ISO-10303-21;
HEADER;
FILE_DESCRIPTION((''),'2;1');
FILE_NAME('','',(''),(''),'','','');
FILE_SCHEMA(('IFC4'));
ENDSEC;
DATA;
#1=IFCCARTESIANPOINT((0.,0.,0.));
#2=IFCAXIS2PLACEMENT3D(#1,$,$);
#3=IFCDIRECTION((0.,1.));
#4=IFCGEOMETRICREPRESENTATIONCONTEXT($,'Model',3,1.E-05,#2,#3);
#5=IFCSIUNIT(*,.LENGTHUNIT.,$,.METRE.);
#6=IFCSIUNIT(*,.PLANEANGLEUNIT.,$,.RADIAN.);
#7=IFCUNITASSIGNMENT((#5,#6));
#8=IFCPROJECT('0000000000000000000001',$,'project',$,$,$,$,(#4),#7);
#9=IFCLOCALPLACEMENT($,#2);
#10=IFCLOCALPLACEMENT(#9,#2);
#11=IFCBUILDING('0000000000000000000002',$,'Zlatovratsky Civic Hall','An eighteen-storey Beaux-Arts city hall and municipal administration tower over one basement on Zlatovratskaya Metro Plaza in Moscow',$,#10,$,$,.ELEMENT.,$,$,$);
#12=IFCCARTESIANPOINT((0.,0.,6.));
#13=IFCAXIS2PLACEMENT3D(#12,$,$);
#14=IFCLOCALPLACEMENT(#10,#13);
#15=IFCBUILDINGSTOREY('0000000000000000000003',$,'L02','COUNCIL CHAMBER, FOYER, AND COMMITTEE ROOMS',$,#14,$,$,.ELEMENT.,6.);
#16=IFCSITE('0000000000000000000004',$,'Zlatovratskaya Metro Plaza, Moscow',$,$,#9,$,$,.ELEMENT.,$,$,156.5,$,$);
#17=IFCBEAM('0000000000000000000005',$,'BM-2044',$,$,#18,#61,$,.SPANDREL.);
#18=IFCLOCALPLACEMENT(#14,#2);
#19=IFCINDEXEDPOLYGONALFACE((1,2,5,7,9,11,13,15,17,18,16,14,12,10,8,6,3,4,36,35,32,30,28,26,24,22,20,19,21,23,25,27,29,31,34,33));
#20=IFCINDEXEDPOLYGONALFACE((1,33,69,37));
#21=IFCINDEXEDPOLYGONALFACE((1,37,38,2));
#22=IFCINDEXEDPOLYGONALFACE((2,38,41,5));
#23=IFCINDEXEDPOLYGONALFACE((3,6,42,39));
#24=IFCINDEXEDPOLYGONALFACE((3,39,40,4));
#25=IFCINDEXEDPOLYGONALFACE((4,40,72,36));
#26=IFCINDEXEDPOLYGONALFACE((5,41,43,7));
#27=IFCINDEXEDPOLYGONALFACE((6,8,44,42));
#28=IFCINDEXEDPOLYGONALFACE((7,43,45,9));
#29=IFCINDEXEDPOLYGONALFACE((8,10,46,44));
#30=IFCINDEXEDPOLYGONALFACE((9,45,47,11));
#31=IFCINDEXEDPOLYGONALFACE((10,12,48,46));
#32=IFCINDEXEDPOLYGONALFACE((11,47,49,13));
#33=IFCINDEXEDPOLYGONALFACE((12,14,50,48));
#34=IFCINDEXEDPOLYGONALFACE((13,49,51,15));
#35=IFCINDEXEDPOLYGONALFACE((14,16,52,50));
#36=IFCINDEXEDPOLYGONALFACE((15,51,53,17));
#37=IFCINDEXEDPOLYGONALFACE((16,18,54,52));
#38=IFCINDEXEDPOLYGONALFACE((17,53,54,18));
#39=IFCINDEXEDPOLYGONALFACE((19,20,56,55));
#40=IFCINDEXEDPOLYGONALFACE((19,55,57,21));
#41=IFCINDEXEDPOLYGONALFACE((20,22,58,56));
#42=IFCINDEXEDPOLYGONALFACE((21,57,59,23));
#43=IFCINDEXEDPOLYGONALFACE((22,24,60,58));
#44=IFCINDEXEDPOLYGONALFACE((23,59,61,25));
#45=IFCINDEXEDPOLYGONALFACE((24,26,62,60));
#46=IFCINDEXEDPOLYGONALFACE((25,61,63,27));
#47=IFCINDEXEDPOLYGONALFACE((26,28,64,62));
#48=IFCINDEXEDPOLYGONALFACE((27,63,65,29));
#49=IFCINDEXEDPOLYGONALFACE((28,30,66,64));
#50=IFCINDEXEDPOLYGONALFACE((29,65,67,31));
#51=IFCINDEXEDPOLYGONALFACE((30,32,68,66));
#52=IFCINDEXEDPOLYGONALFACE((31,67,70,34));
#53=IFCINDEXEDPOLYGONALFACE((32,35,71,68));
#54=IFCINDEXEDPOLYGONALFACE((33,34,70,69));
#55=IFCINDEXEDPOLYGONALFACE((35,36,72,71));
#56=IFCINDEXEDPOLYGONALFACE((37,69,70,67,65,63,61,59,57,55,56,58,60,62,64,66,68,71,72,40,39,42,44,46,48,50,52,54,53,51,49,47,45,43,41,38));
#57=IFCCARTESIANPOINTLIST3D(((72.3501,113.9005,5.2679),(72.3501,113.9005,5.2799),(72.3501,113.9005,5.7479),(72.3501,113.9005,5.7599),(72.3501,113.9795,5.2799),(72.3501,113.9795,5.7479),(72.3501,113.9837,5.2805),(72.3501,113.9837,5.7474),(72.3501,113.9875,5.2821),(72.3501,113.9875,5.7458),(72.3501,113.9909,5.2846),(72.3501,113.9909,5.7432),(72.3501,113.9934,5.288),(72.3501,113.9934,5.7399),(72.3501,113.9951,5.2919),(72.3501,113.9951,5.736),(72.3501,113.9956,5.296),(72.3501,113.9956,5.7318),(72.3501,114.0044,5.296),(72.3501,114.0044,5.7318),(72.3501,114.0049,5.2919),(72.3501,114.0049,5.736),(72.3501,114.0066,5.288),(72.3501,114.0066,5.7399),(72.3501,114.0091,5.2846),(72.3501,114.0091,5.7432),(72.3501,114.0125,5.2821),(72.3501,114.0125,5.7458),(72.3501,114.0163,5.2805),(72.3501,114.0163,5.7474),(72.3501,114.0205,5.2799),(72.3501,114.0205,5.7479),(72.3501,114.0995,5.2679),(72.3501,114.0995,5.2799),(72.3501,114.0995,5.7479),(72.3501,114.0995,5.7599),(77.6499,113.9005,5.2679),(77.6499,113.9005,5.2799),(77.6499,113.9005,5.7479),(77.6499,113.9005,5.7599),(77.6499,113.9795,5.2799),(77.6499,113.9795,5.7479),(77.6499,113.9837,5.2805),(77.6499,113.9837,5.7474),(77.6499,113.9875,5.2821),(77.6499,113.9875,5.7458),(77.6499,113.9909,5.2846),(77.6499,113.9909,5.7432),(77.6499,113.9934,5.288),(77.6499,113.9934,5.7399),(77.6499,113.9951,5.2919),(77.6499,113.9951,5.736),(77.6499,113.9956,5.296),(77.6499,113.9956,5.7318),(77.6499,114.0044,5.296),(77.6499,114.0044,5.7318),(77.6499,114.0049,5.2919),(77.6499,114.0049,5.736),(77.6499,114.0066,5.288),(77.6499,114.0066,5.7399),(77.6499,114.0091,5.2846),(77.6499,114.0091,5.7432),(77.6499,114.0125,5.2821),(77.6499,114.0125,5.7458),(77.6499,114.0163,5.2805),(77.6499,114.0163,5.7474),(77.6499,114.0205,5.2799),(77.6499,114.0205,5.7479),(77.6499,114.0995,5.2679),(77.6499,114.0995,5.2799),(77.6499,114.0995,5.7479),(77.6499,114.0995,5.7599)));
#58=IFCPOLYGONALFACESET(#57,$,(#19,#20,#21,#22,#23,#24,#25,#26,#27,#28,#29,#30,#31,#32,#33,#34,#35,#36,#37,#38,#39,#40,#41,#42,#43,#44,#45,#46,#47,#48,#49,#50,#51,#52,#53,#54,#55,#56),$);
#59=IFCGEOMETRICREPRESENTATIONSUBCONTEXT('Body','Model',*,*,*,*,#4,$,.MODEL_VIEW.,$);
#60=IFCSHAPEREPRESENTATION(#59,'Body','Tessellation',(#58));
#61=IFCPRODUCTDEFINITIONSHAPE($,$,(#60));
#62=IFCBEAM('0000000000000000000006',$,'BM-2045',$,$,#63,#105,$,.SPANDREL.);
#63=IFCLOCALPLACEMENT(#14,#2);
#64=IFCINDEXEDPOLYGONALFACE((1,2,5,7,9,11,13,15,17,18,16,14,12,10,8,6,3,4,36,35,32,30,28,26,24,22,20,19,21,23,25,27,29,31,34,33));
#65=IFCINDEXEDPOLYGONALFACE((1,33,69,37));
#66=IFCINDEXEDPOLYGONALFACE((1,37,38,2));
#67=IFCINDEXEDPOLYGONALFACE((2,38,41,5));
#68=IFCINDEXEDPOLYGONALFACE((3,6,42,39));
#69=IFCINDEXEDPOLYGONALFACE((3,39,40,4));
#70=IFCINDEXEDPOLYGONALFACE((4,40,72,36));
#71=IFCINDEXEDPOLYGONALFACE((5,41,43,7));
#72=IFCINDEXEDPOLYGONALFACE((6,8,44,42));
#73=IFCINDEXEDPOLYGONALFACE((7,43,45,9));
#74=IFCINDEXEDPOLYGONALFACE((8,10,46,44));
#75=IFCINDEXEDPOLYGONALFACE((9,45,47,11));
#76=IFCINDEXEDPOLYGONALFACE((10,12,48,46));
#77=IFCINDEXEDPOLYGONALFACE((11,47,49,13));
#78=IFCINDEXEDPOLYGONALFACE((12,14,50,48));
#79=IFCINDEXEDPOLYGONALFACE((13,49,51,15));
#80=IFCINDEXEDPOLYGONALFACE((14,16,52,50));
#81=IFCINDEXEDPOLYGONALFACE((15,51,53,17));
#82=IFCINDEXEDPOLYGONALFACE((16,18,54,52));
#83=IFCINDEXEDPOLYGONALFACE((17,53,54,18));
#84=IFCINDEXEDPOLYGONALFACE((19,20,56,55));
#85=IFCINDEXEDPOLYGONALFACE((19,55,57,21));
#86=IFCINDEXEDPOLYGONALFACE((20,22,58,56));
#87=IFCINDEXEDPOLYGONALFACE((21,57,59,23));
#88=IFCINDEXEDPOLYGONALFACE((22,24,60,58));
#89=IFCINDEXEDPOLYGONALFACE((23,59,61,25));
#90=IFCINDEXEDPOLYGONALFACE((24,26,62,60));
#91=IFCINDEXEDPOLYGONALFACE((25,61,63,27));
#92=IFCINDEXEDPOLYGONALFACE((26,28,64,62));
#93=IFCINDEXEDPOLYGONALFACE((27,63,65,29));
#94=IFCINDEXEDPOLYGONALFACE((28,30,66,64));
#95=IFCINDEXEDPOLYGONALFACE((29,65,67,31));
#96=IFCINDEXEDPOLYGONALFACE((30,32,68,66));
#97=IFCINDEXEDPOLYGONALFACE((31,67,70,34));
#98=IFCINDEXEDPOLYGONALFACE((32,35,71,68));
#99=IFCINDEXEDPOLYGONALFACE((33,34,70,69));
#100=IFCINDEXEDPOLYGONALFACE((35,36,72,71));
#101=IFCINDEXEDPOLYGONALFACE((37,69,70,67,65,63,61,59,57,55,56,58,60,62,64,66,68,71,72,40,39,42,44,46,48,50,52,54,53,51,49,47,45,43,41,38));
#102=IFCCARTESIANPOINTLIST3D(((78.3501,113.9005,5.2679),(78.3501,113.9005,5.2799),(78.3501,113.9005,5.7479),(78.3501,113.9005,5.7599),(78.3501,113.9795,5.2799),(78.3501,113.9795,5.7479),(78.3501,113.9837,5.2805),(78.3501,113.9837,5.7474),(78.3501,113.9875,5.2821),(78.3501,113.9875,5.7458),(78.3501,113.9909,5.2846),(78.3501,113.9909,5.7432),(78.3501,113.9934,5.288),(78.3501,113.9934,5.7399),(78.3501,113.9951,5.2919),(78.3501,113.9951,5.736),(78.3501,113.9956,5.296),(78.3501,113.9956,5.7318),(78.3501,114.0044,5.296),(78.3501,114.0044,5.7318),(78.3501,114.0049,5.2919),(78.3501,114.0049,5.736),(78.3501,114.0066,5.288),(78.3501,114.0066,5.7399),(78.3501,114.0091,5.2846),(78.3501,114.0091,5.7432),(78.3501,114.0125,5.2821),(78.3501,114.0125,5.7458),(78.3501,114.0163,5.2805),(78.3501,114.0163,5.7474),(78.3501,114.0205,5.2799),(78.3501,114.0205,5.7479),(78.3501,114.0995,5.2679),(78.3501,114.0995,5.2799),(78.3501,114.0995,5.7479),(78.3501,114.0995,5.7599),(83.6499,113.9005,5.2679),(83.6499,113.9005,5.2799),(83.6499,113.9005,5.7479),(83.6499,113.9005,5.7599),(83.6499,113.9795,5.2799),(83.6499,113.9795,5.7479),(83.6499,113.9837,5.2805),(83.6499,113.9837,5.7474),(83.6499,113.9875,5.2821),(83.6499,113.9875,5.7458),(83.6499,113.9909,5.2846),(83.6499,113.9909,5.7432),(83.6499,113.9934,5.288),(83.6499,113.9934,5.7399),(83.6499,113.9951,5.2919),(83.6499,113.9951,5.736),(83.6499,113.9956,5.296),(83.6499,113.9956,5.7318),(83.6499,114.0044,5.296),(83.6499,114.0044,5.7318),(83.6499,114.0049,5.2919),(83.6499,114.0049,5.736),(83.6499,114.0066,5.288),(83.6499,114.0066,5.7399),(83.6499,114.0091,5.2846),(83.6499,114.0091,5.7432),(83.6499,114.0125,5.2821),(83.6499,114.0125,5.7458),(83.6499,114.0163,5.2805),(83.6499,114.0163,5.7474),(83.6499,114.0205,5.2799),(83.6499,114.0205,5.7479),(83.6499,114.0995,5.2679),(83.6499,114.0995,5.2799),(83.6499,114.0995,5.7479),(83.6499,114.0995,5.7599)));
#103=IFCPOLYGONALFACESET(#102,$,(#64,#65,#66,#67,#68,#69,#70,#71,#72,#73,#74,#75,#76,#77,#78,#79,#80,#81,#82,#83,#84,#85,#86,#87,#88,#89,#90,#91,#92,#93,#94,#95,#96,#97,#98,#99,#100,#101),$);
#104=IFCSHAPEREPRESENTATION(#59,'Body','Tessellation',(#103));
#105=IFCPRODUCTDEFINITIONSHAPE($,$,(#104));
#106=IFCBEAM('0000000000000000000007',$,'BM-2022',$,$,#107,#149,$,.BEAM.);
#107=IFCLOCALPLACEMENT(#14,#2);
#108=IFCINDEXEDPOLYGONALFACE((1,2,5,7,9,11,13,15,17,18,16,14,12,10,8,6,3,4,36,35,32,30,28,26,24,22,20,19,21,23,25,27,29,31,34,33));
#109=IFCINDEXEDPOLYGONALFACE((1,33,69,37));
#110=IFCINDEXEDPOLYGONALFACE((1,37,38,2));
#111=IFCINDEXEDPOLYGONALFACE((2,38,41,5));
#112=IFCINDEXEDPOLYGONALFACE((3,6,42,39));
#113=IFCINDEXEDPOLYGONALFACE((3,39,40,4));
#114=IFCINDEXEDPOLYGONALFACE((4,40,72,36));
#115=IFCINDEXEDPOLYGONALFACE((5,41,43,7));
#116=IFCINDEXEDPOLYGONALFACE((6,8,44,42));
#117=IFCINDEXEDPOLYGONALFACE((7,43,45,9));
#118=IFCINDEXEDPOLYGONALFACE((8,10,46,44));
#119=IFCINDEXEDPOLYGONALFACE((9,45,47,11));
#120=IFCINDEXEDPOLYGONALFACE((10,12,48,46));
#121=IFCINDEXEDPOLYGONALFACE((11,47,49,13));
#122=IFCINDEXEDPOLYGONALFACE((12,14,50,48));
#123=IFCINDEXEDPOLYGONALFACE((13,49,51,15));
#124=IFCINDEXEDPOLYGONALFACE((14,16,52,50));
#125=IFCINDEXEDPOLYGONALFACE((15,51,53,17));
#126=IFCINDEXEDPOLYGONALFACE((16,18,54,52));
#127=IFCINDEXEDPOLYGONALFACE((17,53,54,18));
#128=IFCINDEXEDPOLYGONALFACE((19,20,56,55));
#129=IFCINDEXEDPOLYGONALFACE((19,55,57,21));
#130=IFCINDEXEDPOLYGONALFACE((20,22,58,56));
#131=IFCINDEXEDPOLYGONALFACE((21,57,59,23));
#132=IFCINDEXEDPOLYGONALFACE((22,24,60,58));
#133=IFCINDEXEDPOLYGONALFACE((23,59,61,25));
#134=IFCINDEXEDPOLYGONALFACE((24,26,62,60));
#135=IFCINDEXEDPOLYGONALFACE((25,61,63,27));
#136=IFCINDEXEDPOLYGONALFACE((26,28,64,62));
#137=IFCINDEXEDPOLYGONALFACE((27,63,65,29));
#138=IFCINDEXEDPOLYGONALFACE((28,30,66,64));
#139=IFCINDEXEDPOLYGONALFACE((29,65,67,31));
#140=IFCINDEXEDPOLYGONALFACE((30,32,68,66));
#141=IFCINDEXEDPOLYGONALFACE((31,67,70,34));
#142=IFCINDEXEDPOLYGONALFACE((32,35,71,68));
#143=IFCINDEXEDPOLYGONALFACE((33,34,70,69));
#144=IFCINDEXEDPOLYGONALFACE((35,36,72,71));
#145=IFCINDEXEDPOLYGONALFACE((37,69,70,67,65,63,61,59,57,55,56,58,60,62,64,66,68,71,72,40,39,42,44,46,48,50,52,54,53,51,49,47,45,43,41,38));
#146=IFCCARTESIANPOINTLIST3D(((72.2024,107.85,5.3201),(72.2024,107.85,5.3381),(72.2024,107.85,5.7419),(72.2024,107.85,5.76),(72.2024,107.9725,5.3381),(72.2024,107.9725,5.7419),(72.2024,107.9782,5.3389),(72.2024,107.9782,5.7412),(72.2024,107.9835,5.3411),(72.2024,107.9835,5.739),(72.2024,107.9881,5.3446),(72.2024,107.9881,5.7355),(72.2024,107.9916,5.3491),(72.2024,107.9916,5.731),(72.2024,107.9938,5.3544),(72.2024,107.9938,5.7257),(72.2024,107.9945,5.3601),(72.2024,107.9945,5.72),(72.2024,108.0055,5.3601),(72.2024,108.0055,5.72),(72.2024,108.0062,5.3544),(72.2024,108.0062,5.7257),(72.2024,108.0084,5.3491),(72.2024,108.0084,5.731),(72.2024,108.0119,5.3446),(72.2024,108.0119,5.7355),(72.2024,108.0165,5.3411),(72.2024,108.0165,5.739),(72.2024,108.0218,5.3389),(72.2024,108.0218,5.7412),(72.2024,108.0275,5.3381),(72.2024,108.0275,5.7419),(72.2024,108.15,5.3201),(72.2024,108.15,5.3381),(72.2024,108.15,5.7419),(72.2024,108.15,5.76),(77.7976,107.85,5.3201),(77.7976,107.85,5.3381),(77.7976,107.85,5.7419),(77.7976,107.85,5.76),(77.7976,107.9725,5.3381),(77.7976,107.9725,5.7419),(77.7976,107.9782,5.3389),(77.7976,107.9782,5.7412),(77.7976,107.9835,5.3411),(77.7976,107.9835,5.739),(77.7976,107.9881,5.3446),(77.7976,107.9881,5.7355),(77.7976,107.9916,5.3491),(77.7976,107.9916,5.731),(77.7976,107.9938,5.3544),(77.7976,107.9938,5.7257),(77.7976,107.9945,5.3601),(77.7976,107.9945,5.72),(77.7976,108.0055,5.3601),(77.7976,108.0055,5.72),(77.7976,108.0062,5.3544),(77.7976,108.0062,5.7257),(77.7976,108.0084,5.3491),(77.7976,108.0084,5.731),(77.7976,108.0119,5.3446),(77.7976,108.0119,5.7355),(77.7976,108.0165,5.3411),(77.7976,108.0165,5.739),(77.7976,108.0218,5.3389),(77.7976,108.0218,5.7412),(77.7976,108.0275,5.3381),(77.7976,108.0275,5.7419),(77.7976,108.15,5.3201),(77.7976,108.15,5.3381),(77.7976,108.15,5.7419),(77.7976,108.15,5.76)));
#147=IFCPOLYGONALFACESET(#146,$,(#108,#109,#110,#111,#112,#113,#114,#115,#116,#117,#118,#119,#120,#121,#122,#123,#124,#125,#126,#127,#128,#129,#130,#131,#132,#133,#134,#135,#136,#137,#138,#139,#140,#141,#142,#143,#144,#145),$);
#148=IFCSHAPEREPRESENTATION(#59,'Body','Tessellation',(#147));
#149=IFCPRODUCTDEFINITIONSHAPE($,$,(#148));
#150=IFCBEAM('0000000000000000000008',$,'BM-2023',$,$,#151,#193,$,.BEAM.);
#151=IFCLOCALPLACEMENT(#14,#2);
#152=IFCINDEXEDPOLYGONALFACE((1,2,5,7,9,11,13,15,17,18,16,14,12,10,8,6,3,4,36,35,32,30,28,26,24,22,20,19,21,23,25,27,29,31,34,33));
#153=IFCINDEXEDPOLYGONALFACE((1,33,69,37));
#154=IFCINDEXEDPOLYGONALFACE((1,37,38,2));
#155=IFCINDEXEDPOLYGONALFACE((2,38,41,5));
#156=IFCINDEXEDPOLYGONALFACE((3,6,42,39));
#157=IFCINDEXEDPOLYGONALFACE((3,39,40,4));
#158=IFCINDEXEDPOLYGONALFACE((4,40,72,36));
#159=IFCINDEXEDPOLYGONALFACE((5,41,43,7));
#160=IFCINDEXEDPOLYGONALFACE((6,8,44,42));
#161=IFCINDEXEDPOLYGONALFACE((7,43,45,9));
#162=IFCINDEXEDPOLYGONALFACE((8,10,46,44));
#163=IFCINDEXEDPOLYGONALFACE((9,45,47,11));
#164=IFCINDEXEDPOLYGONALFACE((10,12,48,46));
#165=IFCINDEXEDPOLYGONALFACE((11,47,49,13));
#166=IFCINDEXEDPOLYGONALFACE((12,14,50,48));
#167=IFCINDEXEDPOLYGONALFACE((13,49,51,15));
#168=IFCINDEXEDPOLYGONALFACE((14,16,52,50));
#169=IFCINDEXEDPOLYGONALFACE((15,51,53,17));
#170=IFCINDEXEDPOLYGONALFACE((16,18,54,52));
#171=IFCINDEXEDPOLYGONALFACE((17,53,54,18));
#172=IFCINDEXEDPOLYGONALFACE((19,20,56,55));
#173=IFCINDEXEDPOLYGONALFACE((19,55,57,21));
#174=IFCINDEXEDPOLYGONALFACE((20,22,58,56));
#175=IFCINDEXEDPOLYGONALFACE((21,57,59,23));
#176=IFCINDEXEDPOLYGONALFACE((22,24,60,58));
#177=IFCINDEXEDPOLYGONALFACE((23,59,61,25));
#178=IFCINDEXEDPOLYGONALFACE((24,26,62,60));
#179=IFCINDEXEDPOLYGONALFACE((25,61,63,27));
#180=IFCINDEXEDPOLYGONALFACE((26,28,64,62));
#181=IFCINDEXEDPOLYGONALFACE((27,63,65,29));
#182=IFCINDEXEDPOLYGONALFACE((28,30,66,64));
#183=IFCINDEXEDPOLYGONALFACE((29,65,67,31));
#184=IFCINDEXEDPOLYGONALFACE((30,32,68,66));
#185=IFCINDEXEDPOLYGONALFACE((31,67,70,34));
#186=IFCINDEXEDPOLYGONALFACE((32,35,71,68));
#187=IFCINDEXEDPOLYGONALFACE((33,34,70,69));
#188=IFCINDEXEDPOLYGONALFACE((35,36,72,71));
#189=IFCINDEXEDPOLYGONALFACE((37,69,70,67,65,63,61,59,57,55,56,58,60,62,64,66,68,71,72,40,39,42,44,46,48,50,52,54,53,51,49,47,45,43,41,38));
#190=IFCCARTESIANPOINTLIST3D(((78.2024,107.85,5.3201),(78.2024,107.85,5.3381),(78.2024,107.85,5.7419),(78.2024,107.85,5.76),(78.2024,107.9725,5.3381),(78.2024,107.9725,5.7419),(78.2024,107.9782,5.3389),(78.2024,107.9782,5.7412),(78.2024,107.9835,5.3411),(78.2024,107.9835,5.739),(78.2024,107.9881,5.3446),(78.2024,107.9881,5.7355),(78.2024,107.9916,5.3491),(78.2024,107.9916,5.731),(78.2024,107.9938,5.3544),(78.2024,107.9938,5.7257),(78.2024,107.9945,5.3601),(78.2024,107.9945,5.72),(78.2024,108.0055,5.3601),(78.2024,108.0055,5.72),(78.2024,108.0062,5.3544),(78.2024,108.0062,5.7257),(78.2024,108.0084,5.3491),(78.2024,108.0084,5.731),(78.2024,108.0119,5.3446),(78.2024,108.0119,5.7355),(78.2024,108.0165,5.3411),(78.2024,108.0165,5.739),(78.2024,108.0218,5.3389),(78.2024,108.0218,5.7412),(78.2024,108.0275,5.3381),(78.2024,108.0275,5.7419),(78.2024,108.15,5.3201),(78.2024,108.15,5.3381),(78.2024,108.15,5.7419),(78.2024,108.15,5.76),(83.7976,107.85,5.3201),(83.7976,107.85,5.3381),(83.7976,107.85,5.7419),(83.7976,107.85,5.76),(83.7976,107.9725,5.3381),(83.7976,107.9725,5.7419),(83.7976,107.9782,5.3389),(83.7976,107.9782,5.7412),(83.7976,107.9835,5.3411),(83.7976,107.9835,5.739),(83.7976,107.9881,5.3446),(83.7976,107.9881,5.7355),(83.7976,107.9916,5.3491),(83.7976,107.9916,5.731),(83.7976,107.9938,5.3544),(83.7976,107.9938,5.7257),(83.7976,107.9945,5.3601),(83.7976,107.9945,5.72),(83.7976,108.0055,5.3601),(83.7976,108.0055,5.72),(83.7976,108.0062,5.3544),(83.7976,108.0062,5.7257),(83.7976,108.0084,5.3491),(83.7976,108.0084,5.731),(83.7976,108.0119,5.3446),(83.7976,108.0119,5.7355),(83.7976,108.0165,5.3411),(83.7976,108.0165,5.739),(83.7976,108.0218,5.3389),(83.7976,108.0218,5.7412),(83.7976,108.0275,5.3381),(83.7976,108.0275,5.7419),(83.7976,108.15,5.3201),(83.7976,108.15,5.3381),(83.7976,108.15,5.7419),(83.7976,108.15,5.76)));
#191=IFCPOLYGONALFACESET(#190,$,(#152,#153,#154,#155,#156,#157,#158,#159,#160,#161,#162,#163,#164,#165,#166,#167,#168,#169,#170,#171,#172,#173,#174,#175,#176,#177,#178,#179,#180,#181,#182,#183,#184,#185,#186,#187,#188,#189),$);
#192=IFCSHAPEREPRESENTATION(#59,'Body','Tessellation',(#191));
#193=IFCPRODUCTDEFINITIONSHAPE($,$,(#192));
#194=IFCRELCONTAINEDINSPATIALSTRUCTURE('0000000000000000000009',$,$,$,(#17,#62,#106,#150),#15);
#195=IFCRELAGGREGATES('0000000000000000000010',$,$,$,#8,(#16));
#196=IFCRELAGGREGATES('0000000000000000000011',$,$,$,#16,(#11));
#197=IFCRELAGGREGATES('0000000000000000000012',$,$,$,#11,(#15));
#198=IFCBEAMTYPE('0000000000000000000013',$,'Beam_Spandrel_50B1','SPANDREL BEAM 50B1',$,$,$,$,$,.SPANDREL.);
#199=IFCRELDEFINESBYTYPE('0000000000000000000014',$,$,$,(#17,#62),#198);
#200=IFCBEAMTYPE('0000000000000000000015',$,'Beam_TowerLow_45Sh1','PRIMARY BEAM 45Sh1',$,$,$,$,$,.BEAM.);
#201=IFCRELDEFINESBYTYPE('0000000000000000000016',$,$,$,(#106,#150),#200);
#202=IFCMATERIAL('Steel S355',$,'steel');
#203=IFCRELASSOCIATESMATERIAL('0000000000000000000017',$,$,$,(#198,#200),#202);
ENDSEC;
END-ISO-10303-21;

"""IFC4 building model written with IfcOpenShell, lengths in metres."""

from ifc_helpers import new_model, si_unit, direction, frame, origin, origin_2d, place, context, subcontext, project, spatial, i_section, extrude, material, material_profile, profile_set, type_object, element, save


model = new_model("IFC4")

# Units and contexts
model_context = context("Model", 3, precision=1e-05, world=origin(), true_north=direction((0.0, 1.0)))
body_context = subcontext(model_context, "Body", "Model", "MODEL_VIEW")
ifc_project = project(units=[si_unit("LENGTHUNIT", "METRE"), si_unit("PLANEANGLEUNIT", "RADIAN")], contexts=[model_context])

# Site, building, storey
site_placement = place(None, origin())
site = spatial("IfcSite", under=ifc_project, at=site_placement, Name="Zlatovratskaya Metro Plaza, Moscow", CompositionType="ELEMENT", RefElevation=156.5)
building_placement = place(site_placement, origin())
building = spatial("IfcBuilding", under=site, at=building_placement, Name="Zlatovratsky Civic Hall", Description="An eighteen-storey Beaux-Arts city hall and municipal administration tower over one basement on Zlatovratskaya Metro Plaza in Moscow", CompositionType="ELEMENT")
storey_placement = place(building_placement, frame((0.0, 0.0, 6.0)))
storey = spatial("IfcBuildingStorey", under=building, at=storey_placement, Name="L02", Description="COUNCIL CHAMBER, FOYER, AND COMMITTEE ROOMS", CompositionType="ELEMENT", Elevation=6.0)

# Shared definitions
ifc_material_1 = material(Name="Steel S355", Category="steel")

# Beams
ifc_material_profile_1 = material_profile(ifc_material_1, i_section(OverallWidth=0.199, OverallDepth=0.4919, WebThickness=0.0088, FlangeThickness=0.012, FilletRadius=0.0161, at=origin_2d()), Name="50B1")
ifc_profile_set_1 = profile_set([ifc_material_profile_1], Name="Steel S355")
beam_type_1 = type_object("IfcBeamType", Name="Beam_Spandrel_50B1", Description="SPANDREL BEAM 50B1", PredefinedType="SPANDREL", material=ifc_profile_set_1)
for number, where, z_axis, x_axis, name in (
    (1, (72.3501, 114.0, 5.5139), (1.0, 0.0, 0.0), (0.0, 1.0, 0.0), "BM-2044"),
    (2, (78.3501, 114.0, 5.5139), (1.0, 0.0, 0.0), (0.0, 1.0, 0.0), "BM-2045"),
):
    element("IfcBeam", number, at=place(storey_placement, frame(where, z_axis=z_axis, x_axis=x_axis)), inside=storey, type_object=beam_type_1, Name=name, PredefinedType="SPANDREL", context=body_context, shape_type="SweptSolid", body=[
        extrude(i_section(OverallWidth=0.199, OverallDepth=0.4919, WebThickness=0.0088, FlangeThickness=0.012, FilletRadius=0.0161, at=origin_2d()), origin(), (0.0, 0.0, 1.0), 5.2998),
    ])
ifc_material_profile_2 = material_profile(ifc_material_1, i_section(OverallWidth=0.3, OverallDepth=0.4399, WebThickness=0.011, FlangeThickness=0.0181, FilletRadius=0.022, at=origin_2d()), Name="45Sh1")
ifc_profile_set_2 = profile_set([ifc_material_profile_2], Name="Steel S355")
beam_type_2 = type_object("IfcBeamType", Name="Beam_TowerLow_45Sh1", Description="PRIMARY BEAM 45Sh1", PredefinedType="BEAM", material=ifc_profile_set_2)
for number, where, z_axis, x_axis, name in (
    (3, (72.2024, 108.0, 5.54), (1.0, 0.0, 0.0), (0.0, 1.0, 0.0), "BM-2022"),
    (4, (78.2024, 108.0, 5.54), (1.0, 0.0, 0.0), (0.0, 1.0, 0.0), "BM-2023"),
):
    element("IfcBeam", number, at=place(storey_placement, frame(where, z_axis=z_axis, x_axis=x_axis)), inside=storey, type_object=beam_type_2, Name=name, PredefinedType="BEAM", context=body_context, shape_type="SweptSolid", body=[
        extrude(i_section(OverallWidth=0.3, OverallDepth=0.4399, WebThickness=0.011, FlangeThickness=0.0181, FilletRadius=0.022, at=origin_2d()), origin(), (0.0, 0.0, 1.0), 5.5952),
    ])

save(model, "model.ifc")
